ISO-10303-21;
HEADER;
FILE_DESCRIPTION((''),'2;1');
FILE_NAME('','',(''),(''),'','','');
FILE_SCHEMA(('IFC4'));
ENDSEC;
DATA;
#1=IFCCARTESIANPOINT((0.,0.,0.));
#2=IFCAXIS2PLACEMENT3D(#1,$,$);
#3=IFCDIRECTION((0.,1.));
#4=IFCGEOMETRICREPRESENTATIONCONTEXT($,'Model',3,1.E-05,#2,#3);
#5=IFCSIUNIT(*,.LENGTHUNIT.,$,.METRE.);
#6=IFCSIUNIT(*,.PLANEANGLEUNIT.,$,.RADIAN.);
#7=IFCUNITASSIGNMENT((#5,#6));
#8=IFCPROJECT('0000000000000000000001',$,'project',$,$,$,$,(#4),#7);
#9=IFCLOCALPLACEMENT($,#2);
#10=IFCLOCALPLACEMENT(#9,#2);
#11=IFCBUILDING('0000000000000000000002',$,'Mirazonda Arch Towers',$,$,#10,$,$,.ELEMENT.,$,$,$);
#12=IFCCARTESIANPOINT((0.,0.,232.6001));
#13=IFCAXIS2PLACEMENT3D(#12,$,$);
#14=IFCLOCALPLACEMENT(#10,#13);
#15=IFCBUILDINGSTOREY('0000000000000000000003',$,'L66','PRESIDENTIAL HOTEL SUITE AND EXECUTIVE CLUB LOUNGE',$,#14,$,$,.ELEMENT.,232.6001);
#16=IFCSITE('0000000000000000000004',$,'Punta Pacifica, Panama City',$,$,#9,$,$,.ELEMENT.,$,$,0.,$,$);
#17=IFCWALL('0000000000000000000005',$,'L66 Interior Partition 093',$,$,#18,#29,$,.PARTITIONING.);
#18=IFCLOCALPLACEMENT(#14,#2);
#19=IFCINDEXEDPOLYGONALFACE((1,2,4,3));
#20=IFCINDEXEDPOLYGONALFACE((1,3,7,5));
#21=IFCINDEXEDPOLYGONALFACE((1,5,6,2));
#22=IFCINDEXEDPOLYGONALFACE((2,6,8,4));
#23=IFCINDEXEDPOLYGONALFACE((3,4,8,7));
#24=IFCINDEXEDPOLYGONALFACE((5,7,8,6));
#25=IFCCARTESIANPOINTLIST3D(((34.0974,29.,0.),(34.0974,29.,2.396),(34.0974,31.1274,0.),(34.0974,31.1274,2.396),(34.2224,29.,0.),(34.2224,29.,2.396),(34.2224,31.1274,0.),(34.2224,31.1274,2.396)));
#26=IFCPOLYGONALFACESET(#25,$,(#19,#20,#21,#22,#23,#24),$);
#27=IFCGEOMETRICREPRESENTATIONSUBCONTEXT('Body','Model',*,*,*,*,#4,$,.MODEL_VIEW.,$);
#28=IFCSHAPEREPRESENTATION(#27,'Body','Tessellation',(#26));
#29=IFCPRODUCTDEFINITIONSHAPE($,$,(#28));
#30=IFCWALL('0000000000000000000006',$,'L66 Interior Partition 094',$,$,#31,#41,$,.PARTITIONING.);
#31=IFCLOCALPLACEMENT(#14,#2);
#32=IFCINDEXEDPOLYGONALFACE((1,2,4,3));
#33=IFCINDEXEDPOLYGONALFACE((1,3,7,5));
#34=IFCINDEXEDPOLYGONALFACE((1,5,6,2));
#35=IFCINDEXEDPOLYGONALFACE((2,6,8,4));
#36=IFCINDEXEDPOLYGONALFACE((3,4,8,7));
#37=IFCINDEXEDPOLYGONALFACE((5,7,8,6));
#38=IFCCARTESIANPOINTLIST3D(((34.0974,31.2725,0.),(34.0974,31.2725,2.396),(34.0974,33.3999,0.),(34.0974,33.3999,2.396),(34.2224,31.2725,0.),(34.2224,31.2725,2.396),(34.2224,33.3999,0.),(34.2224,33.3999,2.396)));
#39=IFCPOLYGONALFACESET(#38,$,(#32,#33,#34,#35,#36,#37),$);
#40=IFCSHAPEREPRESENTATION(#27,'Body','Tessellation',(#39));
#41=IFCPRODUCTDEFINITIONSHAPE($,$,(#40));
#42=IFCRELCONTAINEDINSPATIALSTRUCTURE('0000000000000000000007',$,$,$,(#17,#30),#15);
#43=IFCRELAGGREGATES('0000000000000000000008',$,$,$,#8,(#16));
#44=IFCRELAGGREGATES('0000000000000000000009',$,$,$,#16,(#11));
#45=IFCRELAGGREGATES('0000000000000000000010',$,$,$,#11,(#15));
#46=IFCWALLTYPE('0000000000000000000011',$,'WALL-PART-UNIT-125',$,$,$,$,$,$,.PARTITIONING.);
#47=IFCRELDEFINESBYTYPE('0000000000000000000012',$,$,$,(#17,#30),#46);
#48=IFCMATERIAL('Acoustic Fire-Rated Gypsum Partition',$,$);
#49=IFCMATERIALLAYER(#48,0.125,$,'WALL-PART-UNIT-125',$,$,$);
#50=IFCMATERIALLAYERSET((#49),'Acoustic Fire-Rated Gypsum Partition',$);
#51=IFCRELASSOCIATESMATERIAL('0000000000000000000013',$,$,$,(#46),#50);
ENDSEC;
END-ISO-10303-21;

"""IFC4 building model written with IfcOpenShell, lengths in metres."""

from ifc_helpers import new_model, si_unit, direction, frame, frame_2d, origin, place, context, subcontext, project, spatial, rectangle, extrude, material, layer, layer_set, type_object, element, save


model = new_model("IFC4")

# Units and contexts
model_context = context("Model", 3, precision=1e-05, world=origin(), true_north=direction((0.0, 1.0)))
body_context = subcontext(model_context, "Body", "Model", "MODEL_VIEW")
ifc_project = project(units=[si_unit("LENGTHUNIT", "METRE"), si_unit("PLANEANGLEUNIT", "RADIAN")], contexts=[model_context])

# Site, building, storey
site_placement = place(None, origin())
site = spatial("IfcSite", under=ifc_project, at=site_placement, Name="Punta Pacifica, Panama City", CompositionType="ELEMENT", RefElevation=0.0)
building_placement = place(site_placement, origin())
building = spatial("IfcBuilding", under=site, at=building_placement, Name="Mirazonda Arch Towers", CompositionType="ELEMENT")
storey_placement = place(building_placement, frame((0.0, 0.0, 232.6001)))
storey = spatial("IfcBuildingStorey", under=building, at=storey_placement, Name="L66", Description="PRESIDENTIAL HOTEL SUITE AND EXECUTIVE CLUB LOUNGE", CompositionType="ELEMENT", Elevation=232.6001)

# Walls
ifc_material_1 = material(Name="Acoustic Fire-Rated Gypsum Partition")
ifc_layer_1 = layer(ifc_material_1, 0.125, Name="WALL-PART-UNIT-125")
ifc_layer_set_1 = layer_set([ifc_layer_1], Name="Acoustic Fire-Rated Gypsum Partition")
wall_type_1 = type_object("IfcWallType", Name="WALL-PART-UNIT-125", PredefinedType="PARTITIONING", material=ifc_layer_set_1)
for number, where, z_axis, x_axis, name in (
    (1, (34.1599, 29.0, 0.0), (0.0, 0.0, 1.0), (0.0, 1.0, 0.0), "L66 Interior Partition 093"),
    (2, (34.1599, 31.2725, 0.0), (0.0, 0.0, 1.0), (0.0, 1.0, 0.0), "L66 Interior Partition 094"),
):
    element("IfcWall", number, at=place(storey_placement, frame(where, z_axis=z_axis, x_axis=x_axis)), inside=storey, type_object=wall_type_1, Name=name, PredefinedType="PARTITIONING", context=body_context, shape_type="SweptSolid", body=[
        extrude(rectangle(XDim=2.1274, YDim=0.125, at=frame_2d((1.0637, 0.0))), origin(), (0.0, 0.0, 1.0), 2.396),
    ])

save(model, "model.ifc")
